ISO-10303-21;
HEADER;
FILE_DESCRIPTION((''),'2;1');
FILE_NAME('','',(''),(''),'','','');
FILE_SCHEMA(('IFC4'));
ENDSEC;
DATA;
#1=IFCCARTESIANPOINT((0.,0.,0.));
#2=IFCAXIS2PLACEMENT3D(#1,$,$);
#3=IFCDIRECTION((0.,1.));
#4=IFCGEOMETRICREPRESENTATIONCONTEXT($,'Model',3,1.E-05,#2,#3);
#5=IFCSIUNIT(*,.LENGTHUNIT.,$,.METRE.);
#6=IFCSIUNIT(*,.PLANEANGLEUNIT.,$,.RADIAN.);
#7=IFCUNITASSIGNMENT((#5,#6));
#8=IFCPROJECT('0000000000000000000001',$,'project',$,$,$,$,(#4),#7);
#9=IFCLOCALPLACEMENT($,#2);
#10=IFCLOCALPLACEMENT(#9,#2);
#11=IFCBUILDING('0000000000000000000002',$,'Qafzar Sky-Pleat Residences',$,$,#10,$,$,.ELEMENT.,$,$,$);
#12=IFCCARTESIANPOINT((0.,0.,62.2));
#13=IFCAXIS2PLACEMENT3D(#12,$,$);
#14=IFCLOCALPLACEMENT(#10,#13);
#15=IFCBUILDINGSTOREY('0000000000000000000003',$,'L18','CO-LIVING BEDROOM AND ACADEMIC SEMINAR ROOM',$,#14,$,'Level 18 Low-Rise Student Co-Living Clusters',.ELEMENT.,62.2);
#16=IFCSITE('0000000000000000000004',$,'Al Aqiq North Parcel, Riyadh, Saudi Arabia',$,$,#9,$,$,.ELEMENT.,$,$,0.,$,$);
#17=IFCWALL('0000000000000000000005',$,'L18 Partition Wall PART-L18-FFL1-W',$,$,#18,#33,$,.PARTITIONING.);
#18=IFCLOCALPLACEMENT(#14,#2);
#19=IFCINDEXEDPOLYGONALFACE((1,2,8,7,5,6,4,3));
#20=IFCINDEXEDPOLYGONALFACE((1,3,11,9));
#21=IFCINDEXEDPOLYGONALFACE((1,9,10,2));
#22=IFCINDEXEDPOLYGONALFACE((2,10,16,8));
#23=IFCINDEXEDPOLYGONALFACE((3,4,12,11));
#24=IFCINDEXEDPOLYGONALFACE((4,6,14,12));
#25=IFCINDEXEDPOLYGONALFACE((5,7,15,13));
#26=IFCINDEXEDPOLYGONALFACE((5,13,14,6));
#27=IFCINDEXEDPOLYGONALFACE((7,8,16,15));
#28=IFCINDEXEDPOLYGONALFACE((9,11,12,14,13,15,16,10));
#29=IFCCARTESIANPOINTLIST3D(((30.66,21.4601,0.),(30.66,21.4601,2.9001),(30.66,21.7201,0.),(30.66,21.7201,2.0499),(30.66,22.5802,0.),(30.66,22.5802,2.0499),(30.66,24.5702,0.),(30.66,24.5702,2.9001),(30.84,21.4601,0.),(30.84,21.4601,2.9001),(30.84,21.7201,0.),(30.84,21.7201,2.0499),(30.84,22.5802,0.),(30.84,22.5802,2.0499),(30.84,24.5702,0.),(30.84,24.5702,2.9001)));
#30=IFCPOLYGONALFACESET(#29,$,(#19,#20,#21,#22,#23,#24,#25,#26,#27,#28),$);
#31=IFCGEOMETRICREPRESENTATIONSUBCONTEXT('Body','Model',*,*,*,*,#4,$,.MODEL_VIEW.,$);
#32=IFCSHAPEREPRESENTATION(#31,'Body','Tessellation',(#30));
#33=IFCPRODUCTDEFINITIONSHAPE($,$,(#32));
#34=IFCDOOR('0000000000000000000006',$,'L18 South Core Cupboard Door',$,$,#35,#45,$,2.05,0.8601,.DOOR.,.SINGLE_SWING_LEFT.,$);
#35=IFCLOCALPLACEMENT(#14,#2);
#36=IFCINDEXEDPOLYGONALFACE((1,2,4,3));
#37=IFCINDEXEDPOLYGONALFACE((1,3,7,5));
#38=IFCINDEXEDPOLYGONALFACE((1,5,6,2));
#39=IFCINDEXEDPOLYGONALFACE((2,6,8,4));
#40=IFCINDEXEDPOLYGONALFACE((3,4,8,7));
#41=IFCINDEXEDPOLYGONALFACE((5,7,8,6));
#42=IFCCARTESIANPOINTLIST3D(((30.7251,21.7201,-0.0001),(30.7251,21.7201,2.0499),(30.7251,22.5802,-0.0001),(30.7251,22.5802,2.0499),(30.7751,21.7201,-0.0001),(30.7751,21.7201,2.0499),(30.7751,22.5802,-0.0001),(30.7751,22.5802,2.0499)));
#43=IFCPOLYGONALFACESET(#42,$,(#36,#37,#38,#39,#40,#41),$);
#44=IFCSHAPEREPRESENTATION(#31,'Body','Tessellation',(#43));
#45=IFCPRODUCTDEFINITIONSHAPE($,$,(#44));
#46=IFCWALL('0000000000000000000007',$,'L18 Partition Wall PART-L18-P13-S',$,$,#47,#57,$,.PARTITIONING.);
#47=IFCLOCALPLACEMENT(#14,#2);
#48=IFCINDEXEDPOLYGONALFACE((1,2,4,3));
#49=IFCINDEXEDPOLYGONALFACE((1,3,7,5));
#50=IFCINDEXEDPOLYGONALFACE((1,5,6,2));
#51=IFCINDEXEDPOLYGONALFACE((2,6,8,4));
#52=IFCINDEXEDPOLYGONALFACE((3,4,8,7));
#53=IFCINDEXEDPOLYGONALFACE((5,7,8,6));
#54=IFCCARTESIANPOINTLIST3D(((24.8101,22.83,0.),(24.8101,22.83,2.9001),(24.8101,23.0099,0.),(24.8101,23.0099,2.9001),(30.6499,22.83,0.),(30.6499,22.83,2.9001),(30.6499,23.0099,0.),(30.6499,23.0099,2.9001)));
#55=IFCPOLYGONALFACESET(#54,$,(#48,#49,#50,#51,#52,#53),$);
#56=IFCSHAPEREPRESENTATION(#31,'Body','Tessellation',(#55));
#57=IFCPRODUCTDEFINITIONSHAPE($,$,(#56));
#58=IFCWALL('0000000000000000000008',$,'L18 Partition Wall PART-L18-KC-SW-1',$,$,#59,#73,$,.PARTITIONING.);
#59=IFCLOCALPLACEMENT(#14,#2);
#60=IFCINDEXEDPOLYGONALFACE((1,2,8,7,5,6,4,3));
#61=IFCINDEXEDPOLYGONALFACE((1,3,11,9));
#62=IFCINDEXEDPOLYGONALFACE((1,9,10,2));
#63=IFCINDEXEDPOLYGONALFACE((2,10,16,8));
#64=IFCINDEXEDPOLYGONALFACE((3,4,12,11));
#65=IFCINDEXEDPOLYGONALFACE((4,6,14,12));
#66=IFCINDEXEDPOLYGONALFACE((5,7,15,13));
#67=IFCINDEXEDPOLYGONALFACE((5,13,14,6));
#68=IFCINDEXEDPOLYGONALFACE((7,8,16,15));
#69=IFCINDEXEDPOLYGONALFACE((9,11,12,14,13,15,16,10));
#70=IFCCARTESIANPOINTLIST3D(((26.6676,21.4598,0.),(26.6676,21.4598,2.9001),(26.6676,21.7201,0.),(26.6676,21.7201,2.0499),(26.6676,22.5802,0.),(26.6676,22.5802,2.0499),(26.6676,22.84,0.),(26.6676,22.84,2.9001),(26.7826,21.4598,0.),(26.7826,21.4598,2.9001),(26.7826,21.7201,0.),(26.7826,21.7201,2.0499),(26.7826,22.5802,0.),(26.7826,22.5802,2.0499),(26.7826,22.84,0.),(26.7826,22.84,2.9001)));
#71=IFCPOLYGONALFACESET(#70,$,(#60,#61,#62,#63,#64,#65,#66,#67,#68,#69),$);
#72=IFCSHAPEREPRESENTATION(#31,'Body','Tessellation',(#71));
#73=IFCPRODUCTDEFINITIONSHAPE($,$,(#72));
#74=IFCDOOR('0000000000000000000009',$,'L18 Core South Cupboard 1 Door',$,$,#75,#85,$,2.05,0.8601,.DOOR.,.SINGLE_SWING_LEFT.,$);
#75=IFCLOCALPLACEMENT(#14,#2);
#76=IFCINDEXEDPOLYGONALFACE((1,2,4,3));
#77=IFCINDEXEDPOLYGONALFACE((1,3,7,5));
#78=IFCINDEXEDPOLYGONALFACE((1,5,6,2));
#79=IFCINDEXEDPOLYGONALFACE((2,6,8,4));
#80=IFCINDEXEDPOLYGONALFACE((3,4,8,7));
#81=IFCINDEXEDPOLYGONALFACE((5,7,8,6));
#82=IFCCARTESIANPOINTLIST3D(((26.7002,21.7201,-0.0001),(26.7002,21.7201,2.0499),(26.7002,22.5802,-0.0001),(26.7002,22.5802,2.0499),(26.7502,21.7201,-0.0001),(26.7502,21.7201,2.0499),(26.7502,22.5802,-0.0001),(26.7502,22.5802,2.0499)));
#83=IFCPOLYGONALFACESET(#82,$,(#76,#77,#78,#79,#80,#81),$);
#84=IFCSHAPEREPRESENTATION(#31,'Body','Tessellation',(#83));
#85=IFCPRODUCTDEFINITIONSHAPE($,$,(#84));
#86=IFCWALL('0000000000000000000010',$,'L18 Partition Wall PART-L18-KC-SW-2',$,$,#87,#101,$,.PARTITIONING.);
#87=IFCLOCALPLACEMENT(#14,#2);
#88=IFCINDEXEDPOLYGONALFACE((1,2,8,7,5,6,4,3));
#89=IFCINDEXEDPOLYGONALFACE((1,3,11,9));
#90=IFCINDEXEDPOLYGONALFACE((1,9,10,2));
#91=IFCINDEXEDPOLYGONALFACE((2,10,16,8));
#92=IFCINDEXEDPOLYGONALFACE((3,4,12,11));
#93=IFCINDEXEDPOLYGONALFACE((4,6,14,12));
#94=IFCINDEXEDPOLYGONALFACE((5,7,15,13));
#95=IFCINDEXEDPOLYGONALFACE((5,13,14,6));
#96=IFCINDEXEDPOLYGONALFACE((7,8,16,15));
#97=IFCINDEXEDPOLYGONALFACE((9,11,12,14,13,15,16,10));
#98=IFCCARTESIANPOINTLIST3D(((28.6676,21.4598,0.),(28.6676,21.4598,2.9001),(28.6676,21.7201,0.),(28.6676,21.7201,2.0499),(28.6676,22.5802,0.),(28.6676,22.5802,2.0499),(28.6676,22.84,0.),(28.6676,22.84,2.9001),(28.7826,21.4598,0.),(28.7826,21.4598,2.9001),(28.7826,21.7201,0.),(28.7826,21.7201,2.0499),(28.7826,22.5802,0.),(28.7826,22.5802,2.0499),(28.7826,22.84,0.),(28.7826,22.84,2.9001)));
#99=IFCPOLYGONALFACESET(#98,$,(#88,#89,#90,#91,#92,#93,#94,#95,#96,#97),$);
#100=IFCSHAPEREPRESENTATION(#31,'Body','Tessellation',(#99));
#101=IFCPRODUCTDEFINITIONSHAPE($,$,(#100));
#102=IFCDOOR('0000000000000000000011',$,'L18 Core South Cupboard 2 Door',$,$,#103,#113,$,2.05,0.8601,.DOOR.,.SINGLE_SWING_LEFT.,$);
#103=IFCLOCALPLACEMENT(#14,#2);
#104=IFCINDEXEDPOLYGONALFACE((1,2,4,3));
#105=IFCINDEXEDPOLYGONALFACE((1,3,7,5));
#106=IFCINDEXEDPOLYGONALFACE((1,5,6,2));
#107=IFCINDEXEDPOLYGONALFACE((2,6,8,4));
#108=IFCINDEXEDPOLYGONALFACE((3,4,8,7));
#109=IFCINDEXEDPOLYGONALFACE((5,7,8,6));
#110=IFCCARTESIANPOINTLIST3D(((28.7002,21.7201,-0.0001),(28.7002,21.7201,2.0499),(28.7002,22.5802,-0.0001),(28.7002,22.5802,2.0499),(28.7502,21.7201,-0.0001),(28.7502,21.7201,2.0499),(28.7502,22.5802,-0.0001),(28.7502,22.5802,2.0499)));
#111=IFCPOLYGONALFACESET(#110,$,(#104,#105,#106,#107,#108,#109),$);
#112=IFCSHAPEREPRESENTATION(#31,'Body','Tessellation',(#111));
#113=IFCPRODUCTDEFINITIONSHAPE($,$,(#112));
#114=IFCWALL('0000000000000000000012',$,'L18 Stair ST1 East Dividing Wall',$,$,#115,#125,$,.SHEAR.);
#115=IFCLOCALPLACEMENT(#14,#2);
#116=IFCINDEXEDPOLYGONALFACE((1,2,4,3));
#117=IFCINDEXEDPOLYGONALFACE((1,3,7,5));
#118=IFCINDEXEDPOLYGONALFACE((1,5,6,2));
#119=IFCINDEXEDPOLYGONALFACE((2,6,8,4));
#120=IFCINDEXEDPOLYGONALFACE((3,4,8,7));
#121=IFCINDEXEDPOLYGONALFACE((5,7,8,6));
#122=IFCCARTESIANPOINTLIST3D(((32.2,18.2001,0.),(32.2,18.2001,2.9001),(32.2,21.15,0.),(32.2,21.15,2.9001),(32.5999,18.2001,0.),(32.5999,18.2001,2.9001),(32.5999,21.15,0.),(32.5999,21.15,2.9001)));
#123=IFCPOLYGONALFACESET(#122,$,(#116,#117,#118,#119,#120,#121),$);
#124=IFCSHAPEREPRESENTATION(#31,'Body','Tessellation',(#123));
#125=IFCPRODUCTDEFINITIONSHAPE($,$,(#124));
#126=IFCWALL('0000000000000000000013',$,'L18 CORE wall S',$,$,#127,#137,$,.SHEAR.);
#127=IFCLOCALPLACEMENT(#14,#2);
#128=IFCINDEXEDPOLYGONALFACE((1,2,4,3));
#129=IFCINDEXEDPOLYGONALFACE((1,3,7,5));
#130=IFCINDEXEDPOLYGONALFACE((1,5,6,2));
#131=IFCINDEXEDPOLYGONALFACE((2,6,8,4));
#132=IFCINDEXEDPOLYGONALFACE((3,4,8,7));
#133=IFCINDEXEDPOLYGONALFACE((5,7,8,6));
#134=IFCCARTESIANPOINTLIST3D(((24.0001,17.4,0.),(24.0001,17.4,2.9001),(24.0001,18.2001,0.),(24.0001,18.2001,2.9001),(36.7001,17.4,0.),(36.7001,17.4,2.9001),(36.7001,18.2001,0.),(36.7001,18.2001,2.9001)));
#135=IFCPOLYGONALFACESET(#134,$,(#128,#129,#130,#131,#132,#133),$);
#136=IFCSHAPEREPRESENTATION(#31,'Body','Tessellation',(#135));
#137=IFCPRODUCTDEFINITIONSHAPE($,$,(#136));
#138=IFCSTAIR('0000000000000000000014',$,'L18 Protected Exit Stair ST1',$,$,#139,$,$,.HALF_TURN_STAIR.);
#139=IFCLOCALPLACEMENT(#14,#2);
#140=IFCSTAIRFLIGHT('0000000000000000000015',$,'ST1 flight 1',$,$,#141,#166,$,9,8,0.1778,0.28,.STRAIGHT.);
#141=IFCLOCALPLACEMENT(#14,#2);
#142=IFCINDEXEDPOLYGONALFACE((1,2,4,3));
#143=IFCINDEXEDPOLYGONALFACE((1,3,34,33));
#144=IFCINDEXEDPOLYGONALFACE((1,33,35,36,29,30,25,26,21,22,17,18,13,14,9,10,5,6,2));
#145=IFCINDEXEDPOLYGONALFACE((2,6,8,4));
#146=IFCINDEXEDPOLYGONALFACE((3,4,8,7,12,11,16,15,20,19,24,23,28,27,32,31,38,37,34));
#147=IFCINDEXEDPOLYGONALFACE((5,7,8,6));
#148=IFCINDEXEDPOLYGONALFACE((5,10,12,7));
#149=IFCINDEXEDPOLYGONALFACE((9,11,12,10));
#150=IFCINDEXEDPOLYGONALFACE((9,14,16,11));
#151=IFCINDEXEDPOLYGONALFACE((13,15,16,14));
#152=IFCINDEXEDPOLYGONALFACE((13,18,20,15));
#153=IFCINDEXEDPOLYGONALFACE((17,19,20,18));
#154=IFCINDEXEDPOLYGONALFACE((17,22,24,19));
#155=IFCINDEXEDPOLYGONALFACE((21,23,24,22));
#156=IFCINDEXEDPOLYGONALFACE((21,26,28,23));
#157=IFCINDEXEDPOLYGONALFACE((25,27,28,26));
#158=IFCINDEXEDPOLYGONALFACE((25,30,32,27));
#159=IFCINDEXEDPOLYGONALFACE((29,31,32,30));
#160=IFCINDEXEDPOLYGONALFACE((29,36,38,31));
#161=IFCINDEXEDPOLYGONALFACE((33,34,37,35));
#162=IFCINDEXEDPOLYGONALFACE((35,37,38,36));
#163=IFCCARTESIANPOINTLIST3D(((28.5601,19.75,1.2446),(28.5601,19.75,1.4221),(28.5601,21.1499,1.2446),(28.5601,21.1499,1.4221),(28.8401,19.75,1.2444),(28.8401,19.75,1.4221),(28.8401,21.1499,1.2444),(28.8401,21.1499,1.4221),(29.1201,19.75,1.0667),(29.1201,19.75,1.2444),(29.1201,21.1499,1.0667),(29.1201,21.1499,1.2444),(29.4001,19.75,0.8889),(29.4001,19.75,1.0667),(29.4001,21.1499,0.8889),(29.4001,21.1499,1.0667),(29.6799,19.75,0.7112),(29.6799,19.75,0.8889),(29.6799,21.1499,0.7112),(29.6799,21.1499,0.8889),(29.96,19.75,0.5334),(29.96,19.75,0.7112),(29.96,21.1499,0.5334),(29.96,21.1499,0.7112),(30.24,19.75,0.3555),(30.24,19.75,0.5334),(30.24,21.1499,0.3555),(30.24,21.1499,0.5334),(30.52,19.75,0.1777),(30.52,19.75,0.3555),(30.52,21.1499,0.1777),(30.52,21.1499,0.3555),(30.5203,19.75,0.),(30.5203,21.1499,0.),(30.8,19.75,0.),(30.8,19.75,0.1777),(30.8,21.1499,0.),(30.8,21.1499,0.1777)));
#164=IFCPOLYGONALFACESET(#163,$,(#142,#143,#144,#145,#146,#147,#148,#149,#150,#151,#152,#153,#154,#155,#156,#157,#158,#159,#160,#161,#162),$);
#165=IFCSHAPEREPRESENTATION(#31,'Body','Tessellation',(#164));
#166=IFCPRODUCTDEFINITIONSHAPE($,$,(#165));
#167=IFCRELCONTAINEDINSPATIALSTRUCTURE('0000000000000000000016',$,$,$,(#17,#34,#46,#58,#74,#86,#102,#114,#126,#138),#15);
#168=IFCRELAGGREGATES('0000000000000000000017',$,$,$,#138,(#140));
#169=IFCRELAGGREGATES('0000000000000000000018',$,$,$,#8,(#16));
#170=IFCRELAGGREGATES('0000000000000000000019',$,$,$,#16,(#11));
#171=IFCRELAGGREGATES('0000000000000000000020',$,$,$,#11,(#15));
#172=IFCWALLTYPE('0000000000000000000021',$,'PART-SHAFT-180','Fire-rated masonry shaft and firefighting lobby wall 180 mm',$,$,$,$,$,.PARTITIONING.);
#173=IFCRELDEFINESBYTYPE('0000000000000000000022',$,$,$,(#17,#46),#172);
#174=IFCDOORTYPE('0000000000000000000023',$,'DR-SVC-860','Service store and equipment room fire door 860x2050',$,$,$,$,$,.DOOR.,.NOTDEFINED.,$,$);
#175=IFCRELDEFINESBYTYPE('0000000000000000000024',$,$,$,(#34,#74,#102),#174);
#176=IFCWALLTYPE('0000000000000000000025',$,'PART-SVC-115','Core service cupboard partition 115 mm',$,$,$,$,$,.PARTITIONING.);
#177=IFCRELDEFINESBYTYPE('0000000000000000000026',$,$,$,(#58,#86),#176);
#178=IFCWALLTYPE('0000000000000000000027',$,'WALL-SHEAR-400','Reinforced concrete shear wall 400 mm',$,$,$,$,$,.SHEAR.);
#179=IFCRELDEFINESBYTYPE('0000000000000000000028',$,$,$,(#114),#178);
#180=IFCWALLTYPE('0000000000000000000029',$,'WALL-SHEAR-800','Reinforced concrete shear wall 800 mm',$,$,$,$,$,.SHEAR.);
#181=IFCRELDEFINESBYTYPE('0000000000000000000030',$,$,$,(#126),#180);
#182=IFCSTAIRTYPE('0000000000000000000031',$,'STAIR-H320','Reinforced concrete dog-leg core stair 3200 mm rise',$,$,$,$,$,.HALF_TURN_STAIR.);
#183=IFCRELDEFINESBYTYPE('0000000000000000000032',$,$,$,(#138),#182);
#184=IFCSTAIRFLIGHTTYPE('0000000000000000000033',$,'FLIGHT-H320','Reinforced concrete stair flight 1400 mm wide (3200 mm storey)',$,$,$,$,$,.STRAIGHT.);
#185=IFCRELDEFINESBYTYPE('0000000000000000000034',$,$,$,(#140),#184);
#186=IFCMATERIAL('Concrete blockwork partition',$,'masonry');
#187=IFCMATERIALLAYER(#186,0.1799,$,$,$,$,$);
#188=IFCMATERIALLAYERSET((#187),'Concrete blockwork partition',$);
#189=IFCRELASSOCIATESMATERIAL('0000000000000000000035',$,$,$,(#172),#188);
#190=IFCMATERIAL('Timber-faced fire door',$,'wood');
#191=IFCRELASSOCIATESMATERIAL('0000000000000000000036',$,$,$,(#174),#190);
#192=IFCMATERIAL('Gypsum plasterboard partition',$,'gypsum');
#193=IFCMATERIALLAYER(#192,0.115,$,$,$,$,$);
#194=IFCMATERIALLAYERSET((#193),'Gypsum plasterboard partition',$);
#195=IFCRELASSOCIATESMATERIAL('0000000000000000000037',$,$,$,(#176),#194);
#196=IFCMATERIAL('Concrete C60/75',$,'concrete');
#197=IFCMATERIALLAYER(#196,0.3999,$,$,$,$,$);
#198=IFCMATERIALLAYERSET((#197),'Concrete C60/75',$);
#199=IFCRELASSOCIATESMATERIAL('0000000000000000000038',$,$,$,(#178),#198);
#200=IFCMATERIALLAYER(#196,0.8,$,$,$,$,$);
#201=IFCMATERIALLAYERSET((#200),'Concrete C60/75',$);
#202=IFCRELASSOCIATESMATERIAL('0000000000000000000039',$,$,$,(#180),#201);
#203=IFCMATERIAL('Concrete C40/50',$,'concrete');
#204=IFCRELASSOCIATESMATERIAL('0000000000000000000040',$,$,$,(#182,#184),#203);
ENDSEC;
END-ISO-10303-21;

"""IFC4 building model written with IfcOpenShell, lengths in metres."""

from ifc_helpers import new_model, si_unit, direction, frame, frame_2d, origin, place, context, subcontext, project, spatial, polyline, rectangle, outline, extrude, source, transform, mapped, material, layer, layer_set, type_object, element, fill, aggregate, save


model = new_model("IFC4")

# Units and contexts
model_context = context("Model", 3, precision=1e-05, world=origin(), true_north=direction((0.0, 1.0)))
body_context = subcontext(model_context, "Body", "Model", "MODEL_VIEW")
ifc_project = project(units=[si_unit("LENGTHUNIT", "METRE"), si_unit("PLANEANGLEUNIT", "RADIAN")], contexts=[model_context])

# Site, building, storey
site_placement = place(None, origin())
site = spatial("IfcSite", under=ifc_project, at=site_placement, Name="Al Aqiq North Parcel, Riyadh, Saudi Arabia", CompositionType="ELEMENT", RefElevation=0.0)
building_placement = place(site_placement, origin())
building = spatial("IfcBuilding", under=site, at=building_placement, Name="Qafzar Sky-Pleat Residences", CompositionType="ELEMENT")
storey_placement = place(building_placement, frame((0.0, 0.0, 62.2)))
storey = spatial("IfcBuildingStorey", under=building, at=storey_placement, Name="L18", Description="CO-LIVING BEDROOM AND ACADEMIC SEMINAR ROOM", LongName="Level 18 Low-Rise Student Co-Living Clusters", CompositionType="ELEMENT", Elevation=62.2)

# Shared definitions
ifc_material_1 = material(Name="Timber-faced fire door", Category="wood")

# Wall, opening, door
ifc_material_2 = material(Name="Concrete blockwork partition", Category="masonry")
ifc_layer_1 = layer(ifc_material_2, 0.1799)
ifc_layer_set_1 = layer_set([ifc_layer_1], Name="Concrete blockwork partition")
wall_type_1 = type_object("IfcWallType", Name="PART-SHAFT-180", Description="Fire-rated masonry shaft and firefighting lobby wall 180 mm", PredefinedType="PARTITIONING", material=ifc_layer_set_1)
wall_1_placement = place(storey_placement, frame((30.75, 21.46, 0.0), z_axis=(0.0, 0.0, 1.0), x_axis=(0.0, 1.0, 0.0)))
wall_1 = element("IfcWall", 1, at=wall_1_placement, inside=storey, type_object=wall_type_1, Name="L18 Partition Wall PART-L18-FFL1-W", PredefinedType="PARTITIONING", context=body_context, shape_type="SweptSolid", body=[
    extrude(rectangle(XDim=3.1101, YDim=0.1799, at=frame_2d((1.5552, 0.0))), origin(), (0.0, 0.0, 1.0), 2.9001),
])
opening_1_placement = place(wall_1_placement, frame((0.26, 0.0, 0.0)))
opening_1 = element("IfcOpeningElement", 2, at=opening_1_placement, cuts=wall_1, PredefinedType="OPENING", context=body_context, shape_type="SweptSolid", body=[
    extrude(rectangle(XDim=0.8601, YDim=2.05, at=frame_2d((0.4302, 1.0249))), frame((0.0, 0.1001, 0.0), z_axis=(0.0, -1.0, 0.0), x_axis=(1.0, 0.0, 0.0)), (0.0, 0.0, 1.0), 0.2),
])
door_type_1 = type_object("IfcDoorType", Name="DR-SVC-860", Description="Service store and equipment room fire door 860x2050", OperationType="NOTDEFINED", PredefinedType="DOOR", material=ifc_material_1)
shared_shape_1 = source(origin(), body_context, "Body", "SweptSolid", [
    extrude(rectangle(XDim=0.8601, YDim=2.05, at=frame_2d((0.4302, 1.0249))), frame((0.0, 0.0249, 0.0), z_axis=(0.0, -1.0, 0.0), x_axis=(1.0, 0.0, 0.0)), (0.0, 0.0, 1.0), 0.05),
])
door_1_placement = place(opening_1_placement, origin())
door_1 = element("IfcDoor", 3, at=door_1_placement, inside=storey, type_object=door_type_1, Name="L18 South Core Cupboard Door", OperationType="SINGLE_SWING_LEFT", OverallHeight=2.05, OverallWidth=0.8601, PredefinedType="DOOR", context=body_context, shape_type="MappedRepresentation", body=[
    mapped(shared_shape_1, transform((0.0, 0.0, 0.0), x_axis=(1.0, 0.0, 0.0), y_axis=(0.0, 1.0, 0.0), z_axis=(0.0, 0.0, 1.0), scale=1.0)),
])
fill(opening_1, door_1)

# Wall
wall_2_placement = place(storey_placement, frame((24.8101, 22.9199, 0.0), z_axis=(0.0, 0.0, 1.0), x_axis=(1.0, 0.0, 0.0)))
element("IfcWall", 4, at=wall_2_placement, inside=storey, type_object=wall_type_1, Name="L18 Partition Wall PART-L18-P13-S", PredefinedType="PARTITIONING", context=body_context, shape_type="SweptSolid", body=[
    extrude(rectangle(XDim=5.8398, YDim=0.1799, at=frame_2d((2.9199, 0.0))), origin(), (0.0, 0.0, 1.0), 2.9001),
])

# Walls, openings, doors
ifc_material_3 = material(Name="Gypsum plasterboard partition", Category="gypsum")
ifc_layer_2 = layer(ifc_material_3, 0.115)
ifc_layer_set_2 = layer_set([ifc_layer_2], Name="Gypsum plasterboard partition")
wall_type_2 = type_object("IfcWallType", Name="PART-SVC-115", Description="Core service cupboard partition 115 mm", PredefinedType="PARTITIONING", material=ifc_layer_set_2)
wall_3_placement = place(storey_placement, frame((26.7251, 21.46, 0.0), z_axis=(0.0, 0.0, 1.0), x_axis=(0.0, 1.0, 0.0)))
wall_3 = element("IfcWall", 5, at=wall_3_placement, inside=storey, type_object=wall_type_2, Name="L18 Partition Wall PART-L18-KC-SW-1", PredefinedType="PARTITIONING", context=body_context, shape_type="SweptSolid", body=[
    extrude(rectangle(XDim=1.3801, YDim=0.115, at=frame_2d((0.6899, 0.0))), origin(), (0.0, 0.0, 1.0), 2.9001),
])
opening_2_placement = place(wall_3_placement, frame((0.26, 0.0, 0.0)))
opening_2 = element("IfcOpeningElement", 6, at=opening_2_placement, cuts=wall_3, PredefinedType="OPENING", context=body_context, shape_type="SweptSolid", body=[
    extrude(rectangle(XDim=0.8601, YDim=2.05, at=frame_2d((0.4302, 1.0249))), frame((0.0, 0.0674, 0.0), z_axis=(0.0, -1.0, 0.0), x_axis=(1.0, 0.0, 0.0)), (0.0, 0.0, 1.0), 0.135),
])
door_2_placement = place(opening_2_placement, origin())
door_2 = element("IfcDoor", 7, at=door_2_placement, inside=storey, type_object=door_type_1, Name="L18 Core South Cupboard 1 Door", OperationType="SINGLE_SWING_LEFT", OverallHeight=2.05, OverallWidth=0.8601, PredefinedType="DOOR", context=body_context, shape_type="MappedRepresentation", body=[
    mapped(shared_shape_1, transform((0.0, 0.0, 0.0), x_axis=(1.0, 0.0, 0.0), y_axis=(0.0, 1.0, 0.0), z_axis=(0.0, 0.0, 1.0), scale=1.0)),
])
fill(opening_2, door_2)
wall_4_placement = place(storey_placement, frame((28.7251, 21.46, 0.0), z_axis=(0.0, 0.0, 1.0), x_axis=(0.0, 1.0, 0.0)))
wall_4 = element("IfcWall", 8, at=wall_4_placement, inside=storey, type_object=wall_type_2, Name="L18 Partition Wall PART-L18-KC-SW-2", PredefinedType="PARTITIONING", context=body_context, shape_type="SweptSolid", body=[
    extrude(rectangle(XDim=1.3801, YDim=0.115, at=frame_2d((0.6899, 0.0))), origin(), (0.0, 0.0, 1.0), 2.9001),
])
opening_3_placement = place(wall_4_placement, frame((0.26, 0.0, 0.0)))
opening_3 = element("IfcOpeningElement", 9, at=opening_3_placement, cuts=wall_4, PredefinedType="OPENING", context=body_context, shape_type="SweptSolid", body=[
    extrude(rectangle(XDim=0.8601, YDim=2.05, at=frame_2d((0.4302, 1.0249))), frame((0.0, 0.0674, 0.0), z_axis=(0.0, -1.0, 0.0), x_axis=(1.0, 0.0, 0.0)), (0.0, 0.0, 1.0), 0.135),
])
door_3_placement = place(opening_3_placement, origin())
door_3 = element("IfcDoor", 10, at=door_3_placement, inside=storey, type_object=door_type_1, Name="L18 Core South Cupboard 2 Door", OperationType="SINGLE_SWING_LEFT", OverallHeight=2.05, OverallWidth=0.8601, PredefinedType="DOOR", context=body_context, shape_type="MappedRepresentation", body=[
    mapped(shared_shape_1, transform((0.0, 0.0, 0.0), x_axis=(1.0, 0.0, 0.0), y_axis=(0.0, 1.0, 0.0), z_axis=(0.0, 0.0, 1.0), scale=1.0)),
])
fill(opening_3, door_3)

# Shared definitions
ifc_material_4 = material(Name="Concrete C60/75", Category="concrete")

# Walls
ifc_layer_3 = layer(ifc_material_4, 0.3999)
ifc_layer_set_3 = layer_set([ifc_layer_3], Name="Concrete C60/75")
wall_type_3 = type_object("IfcWallType", Name="WALL-SHEAR-400", Description="Reinforced concrete shear wall 400 mm", PredefinedType="SHEAR", material=ifc_layer_set_3)
wall_5_placement = place(storey_placement, frame((32.3999, 18.2, 0.0), z_axis=(0.0, 0.0, 1.0), x_axis=(0.0, 1.0, 0.0)))
element("IfcWall", 11, at=wall_5_placement, inside=storey, type_object=wall_type_3, Name="L18 Stair ST1 East Dividing Wall", PredefinedType="SHEAR", context=body_context, shape_type="SweptSolid", body=[
    extrude(rectangle(XDim=2.95, YDim=0.3999, at=frame_2d((1.4751, 0.0))), origin(), (0.0, 0.0, 1.0), 2.9001),
])
ifc_layer_4 = layer(ifc_material_4, 0.8)
ifc_layer_set_4 = layer_set([ifc_layer_4], Name="Concrete C60/75")
wall_type_4 = type_object("IfcWallType", Name="WALL-SHEAR-800", Description="Reinforced concrete shear wall 800 mm", PredefinedType="SHEAR", material=ifc_layer_set_4)
wall_6_placement = place(storey_placement, frame((24.0, 17.8, 0.0), z_axis=(0.0, 0.0, 1.0), x_axis=(1.0, 0.0, 0.0)))
element("IfcWall", 12, at=wall_6_placement, inside=storey, type_object=wall_type_4, Name="L18 CORE wall S", PredefinedType="SHEAR", context=body_context, shape_type="SweptSolid", body=[
    extrude(rectangle(XDim=12.7, YDim=0.8, at=frame_2d((6.3501, 0.0))), origin(), (0.0, 0.0, 1.0), 2.9001),
])

# Stair, stair flight
ifc_material_5 = material(Name="Concrete C40/50", Category="concrete")
stair_type = type_object("IfcStairType", Name="STAIR-H320", Description="Reinforced concrete dog-leg core stair 3200 mm rise", PredefinedType="HALF_TURN_STAIR", material=ifc_material_5)
stair_placement = place(storey_placement, origin())
stair = element("IfcStair", 13, at=stair_placement, inside=storey, type_object=stair_type, Name="L18 Protected Exit Stair ST1", PredefinedType="HALF_TURN_STAIR")
stair_flight_type = type_object("IfcStairFlightType", Name="FLIGHT-H320", Description="Reinforced concrete stair flight 1400 mm wide (3200 mm storey)", PredefinedType="STRAIGHT", material=ifc_material_5)
shared_shape_2 = source(origin(), body_context, "Body", "SweptSolid", [
    extrude(outline(polyline([(0.0, 0.0), (0.0, 0.1777), (0.28, 0.1777), (0.28, 0.3555), (0.5601, 0.3555), (0.5601, 0.5334), (0.8401, 0.5334), (0.8401, 0.7112), (1.1201, 0.7112), (1.1201, 0.8889), (1.3999, 0.8889), (1.3999, 1.0667), (1.6799, 1.0667), (1.6799, 1.2444), (1.96, 1.2444), (1.96, 1.4221), (2.24, 1.4221), (2.24, 1.6001), (2.24, 1.2446), (0.2798, 0.0), (0.0, 0.0)])), frame((0.0, 0.7, 0.0), z_axis=(0.0, -1.0, 0.0), x_axis=(1.0, 0.0, 0.0)), (0.0, 0.0, 1.0), 1.3999),
])
stair_flight_1_placement = place(storey_placement, frame((30.8, 20.45, 0.0), z_axis=(0.0, 0.0, 1.0), x_axis=(-1.0, 0.0, 0.0)))
stair_flight_1 = element("IfcStairFlight", 14, at=stair_flight_1_placement, type_object=stair_flight_type, Name="ST1 flight 1", NumberOfRisers=9, NumberOfTreads=8, PredefinedType="STRAIGHT", RiserHeight=0.1778, TreadLength=0.28, context=body_context, shape_type="MappedRepresentation", body=[
    mapped(shared_shape_2, transform((0.0, 0.0, 0.0), x_axis=(1.0, 0.0, 0.0), y_axis=(0.0, 1.0, 0.0), z_axis=(0.0, 0.0, 1.0), scale=1.0)),
])
aggregate(stair, [stair_flight_1])

save(model, "model.ifc")
